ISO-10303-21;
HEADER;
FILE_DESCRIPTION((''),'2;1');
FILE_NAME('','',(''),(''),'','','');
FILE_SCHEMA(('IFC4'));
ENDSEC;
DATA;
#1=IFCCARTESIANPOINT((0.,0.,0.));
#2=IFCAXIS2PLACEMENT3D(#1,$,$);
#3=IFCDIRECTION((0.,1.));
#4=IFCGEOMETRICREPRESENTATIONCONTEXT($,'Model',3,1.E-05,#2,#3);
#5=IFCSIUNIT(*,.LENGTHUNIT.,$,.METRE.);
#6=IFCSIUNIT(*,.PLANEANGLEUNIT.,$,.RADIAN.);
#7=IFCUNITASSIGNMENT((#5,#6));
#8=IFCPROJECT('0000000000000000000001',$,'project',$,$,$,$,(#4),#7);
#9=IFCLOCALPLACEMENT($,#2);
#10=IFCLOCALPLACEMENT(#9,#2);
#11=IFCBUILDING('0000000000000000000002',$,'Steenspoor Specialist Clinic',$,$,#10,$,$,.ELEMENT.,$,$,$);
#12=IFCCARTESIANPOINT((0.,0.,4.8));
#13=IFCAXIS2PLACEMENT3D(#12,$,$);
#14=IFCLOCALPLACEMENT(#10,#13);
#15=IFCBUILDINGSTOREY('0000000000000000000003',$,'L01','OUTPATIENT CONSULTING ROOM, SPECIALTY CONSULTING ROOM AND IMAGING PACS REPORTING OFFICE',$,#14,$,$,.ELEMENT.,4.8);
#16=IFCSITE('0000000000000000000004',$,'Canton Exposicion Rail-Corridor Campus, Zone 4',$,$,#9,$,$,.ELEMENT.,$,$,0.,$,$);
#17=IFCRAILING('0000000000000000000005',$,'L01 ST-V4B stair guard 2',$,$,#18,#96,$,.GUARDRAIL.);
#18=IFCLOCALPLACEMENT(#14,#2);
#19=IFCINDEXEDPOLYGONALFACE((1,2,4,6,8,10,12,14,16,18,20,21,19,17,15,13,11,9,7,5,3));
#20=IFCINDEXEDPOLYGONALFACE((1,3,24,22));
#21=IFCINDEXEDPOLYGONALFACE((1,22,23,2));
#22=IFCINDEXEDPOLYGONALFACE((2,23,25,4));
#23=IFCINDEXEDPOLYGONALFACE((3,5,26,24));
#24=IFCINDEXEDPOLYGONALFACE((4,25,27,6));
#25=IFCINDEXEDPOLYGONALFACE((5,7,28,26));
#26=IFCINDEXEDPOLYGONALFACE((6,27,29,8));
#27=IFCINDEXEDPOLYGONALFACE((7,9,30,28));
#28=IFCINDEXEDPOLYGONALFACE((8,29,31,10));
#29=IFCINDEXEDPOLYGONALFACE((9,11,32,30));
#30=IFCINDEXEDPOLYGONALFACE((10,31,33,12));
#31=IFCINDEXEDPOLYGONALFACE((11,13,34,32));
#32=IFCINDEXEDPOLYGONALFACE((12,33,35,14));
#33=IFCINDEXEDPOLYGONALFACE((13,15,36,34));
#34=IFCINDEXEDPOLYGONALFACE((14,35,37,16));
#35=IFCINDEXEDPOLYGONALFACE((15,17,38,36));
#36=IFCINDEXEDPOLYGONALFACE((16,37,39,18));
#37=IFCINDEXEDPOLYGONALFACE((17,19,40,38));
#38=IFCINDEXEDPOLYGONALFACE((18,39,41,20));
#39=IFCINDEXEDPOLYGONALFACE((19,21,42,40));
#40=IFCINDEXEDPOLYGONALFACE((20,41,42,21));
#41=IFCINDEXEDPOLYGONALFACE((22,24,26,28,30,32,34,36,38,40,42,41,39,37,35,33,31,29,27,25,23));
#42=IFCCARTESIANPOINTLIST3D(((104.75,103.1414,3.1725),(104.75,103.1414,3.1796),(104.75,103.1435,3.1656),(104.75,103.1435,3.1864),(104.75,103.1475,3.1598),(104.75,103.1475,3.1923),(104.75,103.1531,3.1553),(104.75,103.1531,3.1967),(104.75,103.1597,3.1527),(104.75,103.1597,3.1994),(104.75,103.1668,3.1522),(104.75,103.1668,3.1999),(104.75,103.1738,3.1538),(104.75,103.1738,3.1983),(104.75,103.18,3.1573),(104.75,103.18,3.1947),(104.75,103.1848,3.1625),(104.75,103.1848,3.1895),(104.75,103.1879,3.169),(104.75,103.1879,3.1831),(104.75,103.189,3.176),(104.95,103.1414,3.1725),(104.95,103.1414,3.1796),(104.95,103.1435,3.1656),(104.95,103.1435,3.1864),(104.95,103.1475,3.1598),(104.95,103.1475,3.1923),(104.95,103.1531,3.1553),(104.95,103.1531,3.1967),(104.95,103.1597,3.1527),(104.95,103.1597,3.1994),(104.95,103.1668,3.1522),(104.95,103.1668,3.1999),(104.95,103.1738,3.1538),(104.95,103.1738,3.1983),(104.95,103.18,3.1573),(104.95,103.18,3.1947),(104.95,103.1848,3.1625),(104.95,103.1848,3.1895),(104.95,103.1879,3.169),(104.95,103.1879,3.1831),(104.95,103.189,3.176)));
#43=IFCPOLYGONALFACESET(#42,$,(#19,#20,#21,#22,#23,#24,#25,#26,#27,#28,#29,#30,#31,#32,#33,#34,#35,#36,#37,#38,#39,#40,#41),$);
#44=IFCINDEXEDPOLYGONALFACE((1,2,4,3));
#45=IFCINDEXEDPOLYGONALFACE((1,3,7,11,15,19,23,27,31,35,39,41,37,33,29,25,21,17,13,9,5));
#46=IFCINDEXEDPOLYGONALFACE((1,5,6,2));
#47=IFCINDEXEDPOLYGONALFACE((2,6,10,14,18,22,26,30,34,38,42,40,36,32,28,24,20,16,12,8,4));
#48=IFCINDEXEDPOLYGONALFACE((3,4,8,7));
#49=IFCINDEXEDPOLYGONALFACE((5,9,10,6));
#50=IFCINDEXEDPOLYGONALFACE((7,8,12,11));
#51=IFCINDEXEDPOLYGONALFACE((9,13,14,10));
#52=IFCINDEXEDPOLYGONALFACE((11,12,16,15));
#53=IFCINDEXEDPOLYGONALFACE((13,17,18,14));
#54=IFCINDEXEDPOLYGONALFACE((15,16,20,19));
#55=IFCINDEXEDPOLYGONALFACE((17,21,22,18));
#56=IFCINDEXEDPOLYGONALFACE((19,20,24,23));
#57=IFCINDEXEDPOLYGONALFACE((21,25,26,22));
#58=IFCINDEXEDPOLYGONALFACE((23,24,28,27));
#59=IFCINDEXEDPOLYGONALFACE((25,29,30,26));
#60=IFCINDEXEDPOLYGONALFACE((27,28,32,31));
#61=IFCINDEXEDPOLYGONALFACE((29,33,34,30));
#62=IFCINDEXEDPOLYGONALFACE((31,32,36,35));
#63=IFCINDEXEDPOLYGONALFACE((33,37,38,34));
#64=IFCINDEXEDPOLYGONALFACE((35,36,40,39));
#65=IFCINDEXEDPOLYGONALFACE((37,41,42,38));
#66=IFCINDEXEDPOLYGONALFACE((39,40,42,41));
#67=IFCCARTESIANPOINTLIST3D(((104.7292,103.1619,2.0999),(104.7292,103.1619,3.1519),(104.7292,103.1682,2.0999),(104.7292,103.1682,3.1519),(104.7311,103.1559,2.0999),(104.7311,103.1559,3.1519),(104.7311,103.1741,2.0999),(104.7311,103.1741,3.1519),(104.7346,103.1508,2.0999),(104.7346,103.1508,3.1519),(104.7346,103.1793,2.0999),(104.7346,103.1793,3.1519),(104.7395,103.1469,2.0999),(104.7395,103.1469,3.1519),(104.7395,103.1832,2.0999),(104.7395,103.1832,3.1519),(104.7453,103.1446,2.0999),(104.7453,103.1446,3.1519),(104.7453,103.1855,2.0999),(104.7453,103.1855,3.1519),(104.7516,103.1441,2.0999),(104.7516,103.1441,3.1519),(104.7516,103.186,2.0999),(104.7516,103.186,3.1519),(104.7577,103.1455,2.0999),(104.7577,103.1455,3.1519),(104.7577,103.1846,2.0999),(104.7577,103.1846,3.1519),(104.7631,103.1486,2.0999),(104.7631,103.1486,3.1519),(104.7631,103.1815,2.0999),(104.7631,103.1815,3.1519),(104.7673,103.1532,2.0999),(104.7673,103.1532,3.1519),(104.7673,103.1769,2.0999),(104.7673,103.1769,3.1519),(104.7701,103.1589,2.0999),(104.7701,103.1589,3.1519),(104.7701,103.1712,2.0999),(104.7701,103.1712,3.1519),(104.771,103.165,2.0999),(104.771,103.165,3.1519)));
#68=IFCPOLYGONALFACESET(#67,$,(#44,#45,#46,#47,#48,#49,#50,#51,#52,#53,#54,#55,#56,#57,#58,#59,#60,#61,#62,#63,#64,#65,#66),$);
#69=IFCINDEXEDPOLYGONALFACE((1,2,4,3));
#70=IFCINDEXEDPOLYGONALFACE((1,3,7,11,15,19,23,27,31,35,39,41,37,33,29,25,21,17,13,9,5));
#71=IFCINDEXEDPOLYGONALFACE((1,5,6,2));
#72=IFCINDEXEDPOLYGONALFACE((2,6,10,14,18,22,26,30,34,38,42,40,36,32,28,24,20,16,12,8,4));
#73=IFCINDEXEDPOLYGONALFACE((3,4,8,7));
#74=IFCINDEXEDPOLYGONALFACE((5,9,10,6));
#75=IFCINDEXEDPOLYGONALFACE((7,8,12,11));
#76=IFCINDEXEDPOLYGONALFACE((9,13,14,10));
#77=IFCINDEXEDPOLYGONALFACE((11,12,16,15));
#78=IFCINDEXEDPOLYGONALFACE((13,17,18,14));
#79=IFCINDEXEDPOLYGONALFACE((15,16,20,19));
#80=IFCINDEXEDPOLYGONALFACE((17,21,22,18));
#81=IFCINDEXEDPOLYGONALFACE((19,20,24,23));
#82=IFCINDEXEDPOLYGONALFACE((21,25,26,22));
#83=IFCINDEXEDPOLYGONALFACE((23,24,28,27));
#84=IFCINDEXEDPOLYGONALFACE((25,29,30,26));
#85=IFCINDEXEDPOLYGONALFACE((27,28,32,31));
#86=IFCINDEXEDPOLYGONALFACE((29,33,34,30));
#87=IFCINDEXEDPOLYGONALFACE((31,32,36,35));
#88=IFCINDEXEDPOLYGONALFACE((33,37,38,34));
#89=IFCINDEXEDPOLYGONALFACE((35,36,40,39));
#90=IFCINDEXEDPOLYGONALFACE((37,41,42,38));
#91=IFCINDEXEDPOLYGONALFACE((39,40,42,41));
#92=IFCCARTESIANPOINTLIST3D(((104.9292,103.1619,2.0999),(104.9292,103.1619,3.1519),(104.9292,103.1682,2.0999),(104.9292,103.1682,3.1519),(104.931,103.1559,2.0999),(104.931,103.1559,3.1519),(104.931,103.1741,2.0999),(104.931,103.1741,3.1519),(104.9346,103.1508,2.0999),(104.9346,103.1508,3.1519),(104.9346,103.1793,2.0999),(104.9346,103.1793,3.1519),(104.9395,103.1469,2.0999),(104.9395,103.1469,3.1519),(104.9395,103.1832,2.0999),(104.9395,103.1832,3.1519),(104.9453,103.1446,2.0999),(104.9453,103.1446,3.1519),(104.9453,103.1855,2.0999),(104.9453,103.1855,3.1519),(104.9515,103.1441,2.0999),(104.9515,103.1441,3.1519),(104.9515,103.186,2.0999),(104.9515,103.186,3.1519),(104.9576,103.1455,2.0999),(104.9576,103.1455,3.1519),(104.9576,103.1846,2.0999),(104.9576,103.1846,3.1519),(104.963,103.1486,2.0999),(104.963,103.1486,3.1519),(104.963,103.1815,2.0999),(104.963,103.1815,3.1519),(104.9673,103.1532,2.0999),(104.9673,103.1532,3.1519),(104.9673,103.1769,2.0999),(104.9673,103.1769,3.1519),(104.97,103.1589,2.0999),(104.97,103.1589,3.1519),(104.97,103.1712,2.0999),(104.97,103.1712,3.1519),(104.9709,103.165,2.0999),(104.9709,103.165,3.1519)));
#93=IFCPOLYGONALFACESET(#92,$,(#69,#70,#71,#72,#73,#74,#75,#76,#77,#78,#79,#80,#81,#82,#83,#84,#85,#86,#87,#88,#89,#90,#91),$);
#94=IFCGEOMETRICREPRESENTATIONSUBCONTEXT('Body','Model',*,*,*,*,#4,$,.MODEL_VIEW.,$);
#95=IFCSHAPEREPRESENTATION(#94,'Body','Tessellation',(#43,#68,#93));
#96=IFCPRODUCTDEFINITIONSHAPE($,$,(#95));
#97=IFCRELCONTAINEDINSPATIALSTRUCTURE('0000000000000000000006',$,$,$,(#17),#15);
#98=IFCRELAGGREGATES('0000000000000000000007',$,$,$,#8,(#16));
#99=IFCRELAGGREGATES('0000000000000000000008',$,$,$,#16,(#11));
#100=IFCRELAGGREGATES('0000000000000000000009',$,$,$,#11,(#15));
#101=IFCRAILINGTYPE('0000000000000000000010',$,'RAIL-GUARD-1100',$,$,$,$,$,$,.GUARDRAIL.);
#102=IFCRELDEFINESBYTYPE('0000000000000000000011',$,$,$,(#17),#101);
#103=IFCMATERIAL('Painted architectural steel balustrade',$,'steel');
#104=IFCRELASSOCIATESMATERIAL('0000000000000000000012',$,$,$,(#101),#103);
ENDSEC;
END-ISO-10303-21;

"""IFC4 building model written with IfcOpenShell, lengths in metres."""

from ifc_helpers import new_model, si_unit, direction, frame, origin, origin_2d, place, context, subcontext, project, spatial, circle, extrude, material, type_object, element, save


model = new_model("IFC4")

# Units and contexts
model_context = context("Model", 3, precision=1e-05, world=origin(), true_north=direction((0.0, 1.0)))
body_context = subcontext(model_context, "Body", "Model", "MODEL_VIEW")
ifc_project = project(units=[si_unit("LENGTHUNIT", "METRE"), si_unit("PLANEANGLEUNIT", "RADIAN")], contexts=[model_context])

# Site, building, storey
site_placement = place(None, origin())
site = spatial("IfcSite", under=ifc_project, at=site_placement, Name="Canton Exposicion Rail-Corridor Campus, Zone 4", CompositionType="ELEMENT", RefElevation=0.0)
building_placement = place(site_placement, origin())
building = spatial("IfcBuilding", under=site, at=building_placement, Name="Steenspoor Specialist Clinic", CompositionType="ELEMENT")
storey_placement = place(building_placement, frame((0.0, 0.0, 4.8)))
storey = spatial("IfcBuildingStorey", under=building, at=storey_placement, Name="L01", Description="OUTPATIENT CONSULTING ROOM, SPECIALTY CONSULTING ROOM AND IMAGING PACS REPORTING OFFICE", CompositionType="ELEMENT", Elevation=4.8)

# Railing
ifc_material_1 = material(Name="Painted architectural steel balustrade", Category="steel")
railing_type_1 = type_object("IfcRailingType", Name="RAIL-GUARD-1100", PredefinedType="GUARDRAIL", material=ifc_material_1)
railing_1_placement = place(storey_placement, frame((104.75, 103.165, 2.0999)))
element("IfcRailing", 1, at=railing_1_placement, inside=storey, type_object=railing_type_1, Name="L01 ST-V4B stair guard 2", PredefinedType="GUARDRAIL", context=body_context, shape_type="SweptSolid", body=[
    extrude(circle(Radius=0.0239, at=origin_2d()), frame((0.0, 0.0, 1.0762), z_axis=(1.0, 0.0, 0.0), x_axis=(0.0, 1.0, 0.0)), (0.0, 0.0, 1.0), 0.2),
    extrude(circle(Radius=0.021, at=origin_2d()), origin(), (0.0, 0.0, 1.0), 1.052),
    extrude(circle(Radius=0.021, at=origin_2d()), frame((0.2, 0.0, 0.0)), (0.0, 0.0, 1.0), 1.052),
])

save(model, "model.ifc")
